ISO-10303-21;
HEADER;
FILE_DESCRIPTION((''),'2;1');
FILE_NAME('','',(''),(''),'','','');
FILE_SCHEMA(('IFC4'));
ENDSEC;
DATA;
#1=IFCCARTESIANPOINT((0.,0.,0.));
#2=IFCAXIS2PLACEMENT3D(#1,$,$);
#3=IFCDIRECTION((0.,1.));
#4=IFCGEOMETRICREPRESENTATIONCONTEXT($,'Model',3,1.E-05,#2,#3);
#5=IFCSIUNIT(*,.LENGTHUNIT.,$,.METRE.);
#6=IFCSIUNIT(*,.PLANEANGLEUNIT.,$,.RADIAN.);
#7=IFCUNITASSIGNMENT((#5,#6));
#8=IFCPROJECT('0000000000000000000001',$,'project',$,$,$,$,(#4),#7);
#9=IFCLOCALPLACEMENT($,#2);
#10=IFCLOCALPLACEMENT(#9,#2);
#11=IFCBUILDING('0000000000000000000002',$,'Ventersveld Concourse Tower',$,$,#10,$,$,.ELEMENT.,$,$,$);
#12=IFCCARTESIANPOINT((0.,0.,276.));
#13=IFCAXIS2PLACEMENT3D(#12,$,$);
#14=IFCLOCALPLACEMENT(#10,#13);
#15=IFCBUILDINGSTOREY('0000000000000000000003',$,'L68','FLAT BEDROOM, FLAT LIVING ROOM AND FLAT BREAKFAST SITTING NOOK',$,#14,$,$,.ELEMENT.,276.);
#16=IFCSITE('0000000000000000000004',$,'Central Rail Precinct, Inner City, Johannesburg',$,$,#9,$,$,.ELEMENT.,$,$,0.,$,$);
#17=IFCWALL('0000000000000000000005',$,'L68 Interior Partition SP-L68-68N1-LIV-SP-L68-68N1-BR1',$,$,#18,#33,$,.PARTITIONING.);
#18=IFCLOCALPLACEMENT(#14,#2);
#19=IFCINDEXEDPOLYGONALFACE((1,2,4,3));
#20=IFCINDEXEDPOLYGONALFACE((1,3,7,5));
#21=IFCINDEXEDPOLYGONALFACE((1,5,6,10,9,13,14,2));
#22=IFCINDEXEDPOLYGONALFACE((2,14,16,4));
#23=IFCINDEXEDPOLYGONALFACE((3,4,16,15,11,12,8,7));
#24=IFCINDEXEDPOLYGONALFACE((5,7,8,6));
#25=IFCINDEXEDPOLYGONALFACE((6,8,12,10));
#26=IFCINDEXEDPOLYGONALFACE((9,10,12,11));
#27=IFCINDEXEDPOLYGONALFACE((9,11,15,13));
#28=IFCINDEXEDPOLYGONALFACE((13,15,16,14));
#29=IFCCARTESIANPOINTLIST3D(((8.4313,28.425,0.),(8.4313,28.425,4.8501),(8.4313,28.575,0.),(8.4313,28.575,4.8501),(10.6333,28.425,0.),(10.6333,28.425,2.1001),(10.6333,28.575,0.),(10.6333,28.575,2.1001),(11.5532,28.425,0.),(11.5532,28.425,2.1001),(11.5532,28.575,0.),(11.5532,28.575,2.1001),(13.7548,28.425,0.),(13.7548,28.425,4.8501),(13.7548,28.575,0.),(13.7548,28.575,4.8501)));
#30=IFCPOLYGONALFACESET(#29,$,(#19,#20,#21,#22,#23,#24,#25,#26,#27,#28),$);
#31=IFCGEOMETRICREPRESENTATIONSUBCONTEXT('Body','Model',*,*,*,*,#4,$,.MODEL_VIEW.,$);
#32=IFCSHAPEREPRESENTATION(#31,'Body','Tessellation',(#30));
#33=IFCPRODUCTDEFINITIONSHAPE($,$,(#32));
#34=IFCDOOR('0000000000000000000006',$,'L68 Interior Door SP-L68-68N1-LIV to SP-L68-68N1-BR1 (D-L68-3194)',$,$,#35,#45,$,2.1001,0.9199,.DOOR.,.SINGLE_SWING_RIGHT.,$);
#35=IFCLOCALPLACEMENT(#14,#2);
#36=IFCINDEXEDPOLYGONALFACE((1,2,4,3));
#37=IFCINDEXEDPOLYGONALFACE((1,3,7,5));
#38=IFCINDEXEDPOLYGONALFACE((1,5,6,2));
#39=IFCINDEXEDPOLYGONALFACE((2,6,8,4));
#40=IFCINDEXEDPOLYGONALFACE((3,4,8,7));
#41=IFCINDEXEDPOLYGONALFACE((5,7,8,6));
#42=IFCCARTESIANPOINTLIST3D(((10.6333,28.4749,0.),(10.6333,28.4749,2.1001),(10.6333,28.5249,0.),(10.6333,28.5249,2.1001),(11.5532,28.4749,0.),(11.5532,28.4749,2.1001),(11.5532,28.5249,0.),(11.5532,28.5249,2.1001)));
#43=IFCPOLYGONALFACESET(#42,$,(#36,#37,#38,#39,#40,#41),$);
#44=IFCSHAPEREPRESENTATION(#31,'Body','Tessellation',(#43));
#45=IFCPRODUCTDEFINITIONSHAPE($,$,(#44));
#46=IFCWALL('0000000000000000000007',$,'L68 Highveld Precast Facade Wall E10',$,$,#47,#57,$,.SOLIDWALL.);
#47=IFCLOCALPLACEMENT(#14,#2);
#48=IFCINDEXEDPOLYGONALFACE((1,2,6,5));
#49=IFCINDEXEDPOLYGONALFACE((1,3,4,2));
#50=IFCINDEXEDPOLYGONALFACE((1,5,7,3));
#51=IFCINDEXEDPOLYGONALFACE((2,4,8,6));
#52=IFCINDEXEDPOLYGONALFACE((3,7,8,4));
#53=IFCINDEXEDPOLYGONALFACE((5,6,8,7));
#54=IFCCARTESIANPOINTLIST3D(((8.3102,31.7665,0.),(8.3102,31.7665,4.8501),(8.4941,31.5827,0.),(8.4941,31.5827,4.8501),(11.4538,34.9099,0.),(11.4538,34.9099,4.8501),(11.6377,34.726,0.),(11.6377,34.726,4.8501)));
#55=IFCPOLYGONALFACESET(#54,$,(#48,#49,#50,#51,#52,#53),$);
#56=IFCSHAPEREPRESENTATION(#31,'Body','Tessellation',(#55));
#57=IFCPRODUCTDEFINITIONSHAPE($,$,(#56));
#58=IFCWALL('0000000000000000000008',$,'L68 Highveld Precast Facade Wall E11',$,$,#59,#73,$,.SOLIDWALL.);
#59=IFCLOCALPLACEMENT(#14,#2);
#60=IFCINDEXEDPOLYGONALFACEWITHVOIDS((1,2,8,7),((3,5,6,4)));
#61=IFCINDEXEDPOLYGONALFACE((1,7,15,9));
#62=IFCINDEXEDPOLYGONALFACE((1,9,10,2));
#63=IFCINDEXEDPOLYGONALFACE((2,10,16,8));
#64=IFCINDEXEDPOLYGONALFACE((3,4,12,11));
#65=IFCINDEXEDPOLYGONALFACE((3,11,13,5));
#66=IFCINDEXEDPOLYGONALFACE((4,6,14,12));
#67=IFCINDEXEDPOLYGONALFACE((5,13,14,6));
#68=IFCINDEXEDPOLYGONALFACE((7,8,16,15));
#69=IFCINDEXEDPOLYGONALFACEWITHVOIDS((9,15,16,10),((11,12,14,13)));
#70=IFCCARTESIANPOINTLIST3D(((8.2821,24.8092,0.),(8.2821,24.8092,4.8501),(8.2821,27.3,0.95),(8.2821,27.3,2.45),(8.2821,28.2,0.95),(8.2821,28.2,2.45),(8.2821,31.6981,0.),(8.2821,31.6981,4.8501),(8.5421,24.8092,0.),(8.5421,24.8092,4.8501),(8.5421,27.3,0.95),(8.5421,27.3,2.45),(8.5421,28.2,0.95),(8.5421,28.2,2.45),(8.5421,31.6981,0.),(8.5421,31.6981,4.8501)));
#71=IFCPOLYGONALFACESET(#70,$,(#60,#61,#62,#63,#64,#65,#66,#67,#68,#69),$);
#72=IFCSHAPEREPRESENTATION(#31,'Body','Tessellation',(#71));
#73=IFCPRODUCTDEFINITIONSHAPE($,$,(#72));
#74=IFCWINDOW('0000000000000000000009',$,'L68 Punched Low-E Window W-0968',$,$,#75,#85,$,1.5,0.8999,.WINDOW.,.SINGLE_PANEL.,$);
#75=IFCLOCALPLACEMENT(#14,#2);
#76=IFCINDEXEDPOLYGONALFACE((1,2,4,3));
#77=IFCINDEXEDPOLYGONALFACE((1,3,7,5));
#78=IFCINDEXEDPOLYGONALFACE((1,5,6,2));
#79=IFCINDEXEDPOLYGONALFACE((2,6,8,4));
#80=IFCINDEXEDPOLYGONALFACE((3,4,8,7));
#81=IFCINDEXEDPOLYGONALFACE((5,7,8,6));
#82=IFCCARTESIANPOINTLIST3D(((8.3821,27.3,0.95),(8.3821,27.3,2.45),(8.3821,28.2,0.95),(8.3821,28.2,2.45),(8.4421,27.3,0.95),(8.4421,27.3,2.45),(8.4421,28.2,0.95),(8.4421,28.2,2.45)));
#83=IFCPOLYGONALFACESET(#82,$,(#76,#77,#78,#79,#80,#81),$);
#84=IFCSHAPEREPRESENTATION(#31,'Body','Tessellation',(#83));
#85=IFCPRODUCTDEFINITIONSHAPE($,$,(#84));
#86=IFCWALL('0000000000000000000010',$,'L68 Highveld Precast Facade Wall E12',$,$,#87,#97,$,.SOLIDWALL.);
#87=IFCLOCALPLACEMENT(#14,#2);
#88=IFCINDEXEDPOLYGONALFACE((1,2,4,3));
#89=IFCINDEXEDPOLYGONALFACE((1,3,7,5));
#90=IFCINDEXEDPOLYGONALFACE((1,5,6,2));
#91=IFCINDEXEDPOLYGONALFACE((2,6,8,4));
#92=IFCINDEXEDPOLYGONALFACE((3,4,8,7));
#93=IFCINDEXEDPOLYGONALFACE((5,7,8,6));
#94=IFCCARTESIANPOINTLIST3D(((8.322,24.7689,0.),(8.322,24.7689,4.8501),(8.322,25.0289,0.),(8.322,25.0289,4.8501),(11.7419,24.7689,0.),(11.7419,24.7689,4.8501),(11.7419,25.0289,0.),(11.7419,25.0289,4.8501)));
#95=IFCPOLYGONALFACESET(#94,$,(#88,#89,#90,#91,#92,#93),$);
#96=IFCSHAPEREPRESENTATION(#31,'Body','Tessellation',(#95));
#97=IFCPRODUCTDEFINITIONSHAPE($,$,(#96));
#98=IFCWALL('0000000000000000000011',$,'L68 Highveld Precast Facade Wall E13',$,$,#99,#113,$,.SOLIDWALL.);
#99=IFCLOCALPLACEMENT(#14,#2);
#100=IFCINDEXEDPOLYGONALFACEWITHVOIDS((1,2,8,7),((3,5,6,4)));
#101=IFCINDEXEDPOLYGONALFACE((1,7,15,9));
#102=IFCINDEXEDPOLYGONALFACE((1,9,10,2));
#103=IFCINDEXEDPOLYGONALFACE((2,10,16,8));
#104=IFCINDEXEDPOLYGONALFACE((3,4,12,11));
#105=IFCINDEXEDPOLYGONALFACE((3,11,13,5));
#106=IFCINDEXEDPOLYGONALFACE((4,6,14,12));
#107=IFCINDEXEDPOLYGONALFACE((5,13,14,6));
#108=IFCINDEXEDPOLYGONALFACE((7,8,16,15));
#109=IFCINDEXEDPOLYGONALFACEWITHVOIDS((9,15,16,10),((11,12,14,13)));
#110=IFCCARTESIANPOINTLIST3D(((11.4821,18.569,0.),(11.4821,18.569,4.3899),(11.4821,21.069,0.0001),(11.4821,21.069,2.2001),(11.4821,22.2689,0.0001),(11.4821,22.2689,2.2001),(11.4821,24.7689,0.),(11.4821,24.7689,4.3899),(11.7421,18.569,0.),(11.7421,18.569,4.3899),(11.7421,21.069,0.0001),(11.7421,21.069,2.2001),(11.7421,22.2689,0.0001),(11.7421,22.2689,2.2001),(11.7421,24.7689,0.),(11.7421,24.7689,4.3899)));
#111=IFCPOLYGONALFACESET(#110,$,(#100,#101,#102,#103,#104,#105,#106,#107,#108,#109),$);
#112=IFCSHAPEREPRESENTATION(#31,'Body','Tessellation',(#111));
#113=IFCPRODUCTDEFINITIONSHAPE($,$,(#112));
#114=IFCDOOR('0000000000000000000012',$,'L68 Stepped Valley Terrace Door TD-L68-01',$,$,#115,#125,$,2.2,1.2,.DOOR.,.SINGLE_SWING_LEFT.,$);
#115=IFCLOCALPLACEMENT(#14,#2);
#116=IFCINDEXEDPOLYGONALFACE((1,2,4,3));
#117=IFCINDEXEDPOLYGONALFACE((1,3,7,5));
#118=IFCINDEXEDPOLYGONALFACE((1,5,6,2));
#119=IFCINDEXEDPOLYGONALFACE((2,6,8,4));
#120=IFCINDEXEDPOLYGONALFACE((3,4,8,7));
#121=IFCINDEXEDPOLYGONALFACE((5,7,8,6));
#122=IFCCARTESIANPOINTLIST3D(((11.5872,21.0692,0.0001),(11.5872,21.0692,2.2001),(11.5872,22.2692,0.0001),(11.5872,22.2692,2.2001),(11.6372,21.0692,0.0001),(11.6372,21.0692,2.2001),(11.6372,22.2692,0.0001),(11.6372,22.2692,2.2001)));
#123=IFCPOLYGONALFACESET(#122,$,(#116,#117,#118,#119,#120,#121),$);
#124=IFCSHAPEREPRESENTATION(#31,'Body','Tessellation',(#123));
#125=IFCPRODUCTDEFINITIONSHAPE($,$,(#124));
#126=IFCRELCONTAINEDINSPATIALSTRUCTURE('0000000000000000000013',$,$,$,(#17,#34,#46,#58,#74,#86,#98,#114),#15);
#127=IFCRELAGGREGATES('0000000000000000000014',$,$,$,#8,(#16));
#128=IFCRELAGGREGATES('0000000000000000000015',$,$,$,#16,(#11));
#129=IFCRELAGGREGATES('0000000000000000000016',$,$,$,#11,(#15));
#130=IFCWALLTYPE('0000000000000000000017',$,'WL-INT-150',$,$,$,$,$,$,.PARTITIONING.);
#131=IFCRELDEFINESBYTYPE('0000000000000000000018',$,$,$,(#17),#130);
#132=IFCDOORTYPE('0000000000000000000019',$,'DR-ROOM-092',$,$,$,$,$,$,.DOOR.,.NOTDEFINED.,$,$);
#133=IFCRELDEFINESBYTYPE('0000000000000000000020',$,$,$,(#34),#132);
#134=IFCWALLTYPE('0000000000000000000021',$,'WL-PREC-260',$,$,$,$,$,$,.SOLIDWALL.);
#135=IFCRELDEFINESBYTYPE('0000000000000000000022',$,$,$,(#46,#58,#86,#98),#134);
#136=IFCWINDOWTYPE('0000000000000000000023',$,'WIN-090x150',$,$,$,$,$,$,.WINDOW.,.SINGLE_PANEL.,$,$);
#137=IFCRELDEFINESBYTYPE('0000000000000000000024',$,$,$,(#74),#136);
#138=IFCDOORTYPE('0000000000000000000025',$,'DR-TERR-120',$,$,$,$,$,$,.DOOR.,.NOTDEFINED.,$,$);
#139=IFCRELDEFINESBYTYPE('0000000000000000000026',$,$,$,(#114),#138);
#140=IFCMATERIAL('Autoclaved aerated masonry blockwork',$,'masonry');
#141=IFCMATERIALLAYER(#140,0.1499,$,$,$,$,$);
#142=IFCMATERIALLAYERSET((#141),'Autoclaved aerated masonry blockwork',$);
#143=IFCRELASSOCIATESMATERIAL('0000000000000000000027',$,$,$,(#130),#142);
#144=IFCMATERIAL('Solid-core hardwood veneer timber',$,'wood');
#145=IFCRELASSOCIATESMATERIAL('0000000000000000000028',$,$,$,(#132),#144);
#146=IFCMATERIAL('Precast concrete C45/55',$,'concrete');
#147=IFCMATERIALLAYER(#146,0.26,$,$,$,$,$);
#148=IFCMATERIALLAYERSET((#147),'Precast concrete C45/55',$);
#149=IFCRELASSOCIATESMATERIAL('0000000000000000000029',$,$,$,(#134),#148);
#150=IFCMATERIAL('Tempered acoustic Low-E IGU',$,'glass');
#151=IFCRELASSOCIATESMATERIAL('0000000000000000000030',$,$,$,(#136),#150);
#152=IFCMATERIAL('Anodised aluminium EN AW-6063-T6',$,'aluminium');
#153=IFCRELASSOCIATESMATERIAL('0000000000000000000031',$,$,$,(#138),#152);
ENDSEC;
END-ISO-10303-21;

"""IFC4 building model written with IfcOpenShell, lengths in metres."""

from ifc_helpers import new_model, si_unit, direction, frame, frame_2d, origin, place, context, subcontext, project, spatial, rectangle, extrude, material, layer, layer_set, type_object, element, fill, save


model = new_model("IFC4")

# Units and contexts
model_context = context("Model", 3, precision=1e-05, world=origin(), true_north=direction((0.0, 1.0)))
body_context = subcontext(model_context, "Body", "Model", "MODEL_VIEW")
ifc_project = project(units=[si_unit("LENGTHUNIT", "METRE"), si_unit("PLANEANGLEUNIT", "RADIAN")], contexts=[model_context])

# Site, building, storey
site_placement = place(None, origin())
site = spatial("IfcSite", under=ifc_project, at=site_placement, Name="Central Rail Precinct, Inner City, Johannesburg", CompositionType="ELEMENT", RefElevation=0.0)
building_placement = place(site_placement, origin())
building = spatial("IfcBuilding", under=site, at=building_placement, Name="Ventersveld Concourse Tower", CompositionType="ELEMENT")
storey_placement = place(building_placement, frame((0.0, 0.0, 276.0)))
storey = spatial("IfcBuildingStorey", under=building, at=storey_placement, Name="L68", Description="FLAT BEDROOM, FLAT LIVING ROOM AND FLAT BREAKFAST SITTING NOOK", CompositionType="ELEMENT", Elevation=276.0)

# Shared definitions
ifc_material_1 = material(Name="Autoclaved aerated masonry blockwork", Category="masonry")
ifc_layer_1 = layer(ifc_material_1, 0.1499)
ifc_layer_set_1 = layer_set([ifc_layer_1], Name="Autoclaved aerated masonry blockwork")
wall_type_1 = type_object("IfcWallType", Name="WL-INT-150", PredefinedType="PARTITIONING", material=ifc_layer_set_1)

# Wall, opening, door
wall_1_placement = place(storey_placement, frame((8.4314, 28.5, 0.0), z_axis=(0.0, 0.0, 1.0), x_axis=(1.0, 0.0, 0.0)))
wall_1 = element("IfcWall", 1, at=wall_1_placement, inside=storey, type_object=wall_type_1, Name="L68 Interior Partition SP-L68-68N1-LIV-SP-L68-68N1-BR1", PredefinedType="PARTITIONING", context=body_context, shape_type="SweptSolid", body=[
    extrude(rectangle(XDim=5.3235, YDim=0.1499, at=frame_2d((2.6616, 0.0))), origin(), (0.0, 0.0, 1.0), 4.8501),
])
opening_1_placement = place(wall_1_placement, frame((2.2019, 0.0, 0.0)))
opening_1 = element("IfcOpeningElement", 2, at=opening_1_placement, cuts=wall_1, PredefinedType="OPENING", context=body_context, shape_type="SweptSolid", body=[
    extrude(rectangle(XDim=0.9199, YDim=2.1001, at=frame_2d((0.46, 1.05))), frame((0.0, 0.085, 0.0), z_axis=(0.0, -1.0, 0.0), x_axis=(1.0, 0.0, 0.0)), (0.0, 0.0, 1.0), 0.1699),
])
ifc_material_2 = material(Name="Solid-core hardwood veneer timber", Category="wood")
door_type_1 = type_object("IfcDoorType", Name="DR-ROOM-092", OperationType="NOTDEFINED", PredefinedType="DOOR", material=ifc_material_2)
door_1_placement = place(opening_1_placement, origin())
door_1 = element("IfcDoor", 3, at=door_1_placement, inside=storey, type_object=door_type_1, Name="L68 Interior Door SP-L68-68N1-LIV to SP-L68-68N1-BR1 (D-L68-3194)", OperationType="SINGLE_SWING_RIGHT", OverallHeight=2.1001, OverallWidth=0.9199, PredefinedType="DOOR", context=body_context, shape_type="SweptSolid", body=[
    extrude(rectangle(XDim=0.9199, YDim=2.1001, at=frame_2d((0.46, 1.05))), frame((0.0, 0.0249, 0.0), z_axis=(0.0, -1.0, 0.0), x_axis=(1.0, 0.0, 0.0)), (0.0, 0.0, 1.0), 0.05),
])
fill(opening_1, door_1)

# Wall
ifc_material_3 = material(Name="Precast concrete C45/55", Category="concrete")
ifc_layer_2 = layer(ifc_material_3, 0.26)
ifc_layer_set_2 = layer_set([ifc_layer_2], Name="Precast concrete C45/55")
wall_type_2 = type_object("IfcWallType", Name="WL-PREC-260", PredefinedType="SOLIDWALL", material=ifc_layer_set_2)
wall_2_placement = place(storey_placement, frame((11.5457, 34.8179, 0.0), z_axis=(0.0, 0.0, 1.0), x_axis=(-0.707134, -0.707079, 0.0)))
element("IfcWall", 4, at=wall_2_placement, inside=storey, type_object=wall_type_2, Name="L68 Highveld Precast Facade Wall E10", PredefinedType="SOLIDWALL", context=body_context, shape_type="SweptSolid", body=[
    extrude(rectangle(XDim=4.4456, YDim=0.26, at=frame_2d((2.2227, 0.0))), origin(), (0.0, 0.0, 1.0), 4.8501),
])

# Wall, opening, window
wall_3_placement = place(storey_placement, frame((8.4121, 31.698, 0.0), z_axis=(0.0, 0.0, 1.0), x_axis=(0.0, -1.0, 0.0)))
wall_3 = element("IfcWall", 5, at=wall_3_placement, inside=storey, type_object=wall_type_2, Name="L68 Highveld Precast Facade Wall E11", PredefinedType="SOLIDWALL", context=body_context, shape_type="SweptSolid", body=[
    extrude(rectangle(XDim=6.8889, YDim=0.26, at=frame_2d((3.4443, 0.0))), origin(), (0.0, 0.0, 1.0), 4.8501),
])
opening_2_placement = place(wall_3_placement, frame((3.498, 0.0, 0.95)))
opening_2 = element("IfcOpeningElement", 6, at=opening_2_placement, cuts=wall_3, PredefinedType="OPENING", context=body_context, shape_type="SweptSolid", body=[
    extrude(rectangle(XDim=0.8999, YDim=1.5, at=frame_2d((0.45, 0.75))), frame((0.0, 0.1401, 0.0), z_axis=(0.0, -1.0, 0.0), x_axis=(1.0, 0.0, 0.0)), (0.0, 0.0, 1.0), 0.28),
])
ifc_material_4 = material(Name="Tempered acoustic Low-E IGU", Category="glass")
window_type = type_object("IfcWindowType", Name="WIN-090x150", PartitioningType="SINGLE_PANEL", PredefinedType="WINDOW", material=ifc_material_4)
window_placement = place(opening_2_placement, origin())
window = element("IfcWindow", 7, at=window_placement, inside=storey, type_object=window_type, Name="L68 Punched Low-E Window W-0968", OverallHeight=1.5, OverallWidth=0.8999, PartitioningType="SINGLE_PANEL", PredefinedType="WINDOW", context=body_context, shape_type="SweptSolid", body=[
    extrude(rectangle(XDim=0.8999, YDim=1.5, at=frame_2d((0.45, 0.75))), frame((0.0, 0.03, 0.0), z_axis=(0.0, -1.0, 0.0), x_axis=(1.0, 0.0, 0.0)), (0.0, 0.0, 1.0), 0.0601),
])
fill(opening_2, window)

# Wall
wall_4_placement = place(storey_placement, frame((8.322, 24.8989, 0.0), z_axis=(0.0, 0.0, 1.0), x_axis=(1.0, 0.0, 0.0)))
element("IfcWall", 8, at=wall_4_placement, inside=storey, type_object=wall_type_2, Name="L68 Highveld Precast Facade Wall E12", PredefinedType="SOLIDWALL", context=body_context, shape_type="SweptSolid", body=[
    extrude(rectangle(XDim=3.4199, YDim=0.26, at=frame_2d((1.71, 0.0))), origin(), (0.0, 0.0, 1.0), 4.8501),
])

# Wall, opening, door
wall_5_placement = place(storey_placement, frame((11.6121, 24.769, 0.0), z_axis=(0.0, 0.0, 1.0), x_axis=(0.0, -1.0, 0.0)))
wall_5 = element("IfcWall", 9, at=wall_5_placement, inside=storey, type_object=wall_type_2, Name="L68 Highveld Precast Facade Wall E13", PredefinedType="SOLIDWALL", context=body_context, shape_type="SweptSolid", body=[
    extrude(rectangle(XDim=6.2, YDim=0.26, at=frame_2d((3.1001, 0.0))), origin(), (0.0, 0.0, 1.0), 4.3899),
])
opening_3_placement = place(wall_5_placement, frame((2.5, 0.0, 0.0)))
opening_3 = element("IfcOpeningElement", 10, at=opening_3_placement, cuts=wall_5, PredefinedType="OPENING", context=body_context, shape_type="SweptSolid", body=[
    extrude(rectangle(XDim=1.2, YDim=2.2, at=frame_2d((0.6001, 1.1001))), frame((0.0, 0.1401, 0.0), z_axis=(0.0, -1.0, 0.0), x_axis=(1.0, 0.0, 0.0)), (0.0, 0.0, 1.0), 0.28),
])
ifc_material_5 = material(Name="Anodised aluminium EN AW-6063-T6", Category="aluminium")
door_type_2 = type_object("IfcDoorType", Name="DR-TERR-120", OperationType="NOTDEFINED", PredefinedType="DOOR", material=ifc_material_5)
door_2_placement = place(opening_3_placement, frame((1.2, 0.0, 0.0), z_axis=(0.0, 0.0, 1.0), x_axis=(-1.0, 0.0, 0.0)))
door_2 = element("IfcDoor", 11, at=door_2_placement, inside=storey, type_object=door_type_2, Name="L68 Stepped Valley Terrace Door TD-L68-01", OperationType="SINGLE_SWING_LEFT", OverallHeight=2.2, OverallWidth=1.2, PredefinedType="DOOR", context=body_context, shape_type="SweptSolid", body=[
    extrude(rectangle(XDim=1.2, YDim=2.2, at=frame_2d((0.6001, 1.1001))), frame((0.0, 0.0249, 0.0), z_axis=(0.0, -1.0, 0.0), x_axis=(1.0, 0.0, 0.0)), (0.0, 0.0, 1.0), 0.05),
])
fill(opening_3, door_2)

save(model, "model.ifc")
